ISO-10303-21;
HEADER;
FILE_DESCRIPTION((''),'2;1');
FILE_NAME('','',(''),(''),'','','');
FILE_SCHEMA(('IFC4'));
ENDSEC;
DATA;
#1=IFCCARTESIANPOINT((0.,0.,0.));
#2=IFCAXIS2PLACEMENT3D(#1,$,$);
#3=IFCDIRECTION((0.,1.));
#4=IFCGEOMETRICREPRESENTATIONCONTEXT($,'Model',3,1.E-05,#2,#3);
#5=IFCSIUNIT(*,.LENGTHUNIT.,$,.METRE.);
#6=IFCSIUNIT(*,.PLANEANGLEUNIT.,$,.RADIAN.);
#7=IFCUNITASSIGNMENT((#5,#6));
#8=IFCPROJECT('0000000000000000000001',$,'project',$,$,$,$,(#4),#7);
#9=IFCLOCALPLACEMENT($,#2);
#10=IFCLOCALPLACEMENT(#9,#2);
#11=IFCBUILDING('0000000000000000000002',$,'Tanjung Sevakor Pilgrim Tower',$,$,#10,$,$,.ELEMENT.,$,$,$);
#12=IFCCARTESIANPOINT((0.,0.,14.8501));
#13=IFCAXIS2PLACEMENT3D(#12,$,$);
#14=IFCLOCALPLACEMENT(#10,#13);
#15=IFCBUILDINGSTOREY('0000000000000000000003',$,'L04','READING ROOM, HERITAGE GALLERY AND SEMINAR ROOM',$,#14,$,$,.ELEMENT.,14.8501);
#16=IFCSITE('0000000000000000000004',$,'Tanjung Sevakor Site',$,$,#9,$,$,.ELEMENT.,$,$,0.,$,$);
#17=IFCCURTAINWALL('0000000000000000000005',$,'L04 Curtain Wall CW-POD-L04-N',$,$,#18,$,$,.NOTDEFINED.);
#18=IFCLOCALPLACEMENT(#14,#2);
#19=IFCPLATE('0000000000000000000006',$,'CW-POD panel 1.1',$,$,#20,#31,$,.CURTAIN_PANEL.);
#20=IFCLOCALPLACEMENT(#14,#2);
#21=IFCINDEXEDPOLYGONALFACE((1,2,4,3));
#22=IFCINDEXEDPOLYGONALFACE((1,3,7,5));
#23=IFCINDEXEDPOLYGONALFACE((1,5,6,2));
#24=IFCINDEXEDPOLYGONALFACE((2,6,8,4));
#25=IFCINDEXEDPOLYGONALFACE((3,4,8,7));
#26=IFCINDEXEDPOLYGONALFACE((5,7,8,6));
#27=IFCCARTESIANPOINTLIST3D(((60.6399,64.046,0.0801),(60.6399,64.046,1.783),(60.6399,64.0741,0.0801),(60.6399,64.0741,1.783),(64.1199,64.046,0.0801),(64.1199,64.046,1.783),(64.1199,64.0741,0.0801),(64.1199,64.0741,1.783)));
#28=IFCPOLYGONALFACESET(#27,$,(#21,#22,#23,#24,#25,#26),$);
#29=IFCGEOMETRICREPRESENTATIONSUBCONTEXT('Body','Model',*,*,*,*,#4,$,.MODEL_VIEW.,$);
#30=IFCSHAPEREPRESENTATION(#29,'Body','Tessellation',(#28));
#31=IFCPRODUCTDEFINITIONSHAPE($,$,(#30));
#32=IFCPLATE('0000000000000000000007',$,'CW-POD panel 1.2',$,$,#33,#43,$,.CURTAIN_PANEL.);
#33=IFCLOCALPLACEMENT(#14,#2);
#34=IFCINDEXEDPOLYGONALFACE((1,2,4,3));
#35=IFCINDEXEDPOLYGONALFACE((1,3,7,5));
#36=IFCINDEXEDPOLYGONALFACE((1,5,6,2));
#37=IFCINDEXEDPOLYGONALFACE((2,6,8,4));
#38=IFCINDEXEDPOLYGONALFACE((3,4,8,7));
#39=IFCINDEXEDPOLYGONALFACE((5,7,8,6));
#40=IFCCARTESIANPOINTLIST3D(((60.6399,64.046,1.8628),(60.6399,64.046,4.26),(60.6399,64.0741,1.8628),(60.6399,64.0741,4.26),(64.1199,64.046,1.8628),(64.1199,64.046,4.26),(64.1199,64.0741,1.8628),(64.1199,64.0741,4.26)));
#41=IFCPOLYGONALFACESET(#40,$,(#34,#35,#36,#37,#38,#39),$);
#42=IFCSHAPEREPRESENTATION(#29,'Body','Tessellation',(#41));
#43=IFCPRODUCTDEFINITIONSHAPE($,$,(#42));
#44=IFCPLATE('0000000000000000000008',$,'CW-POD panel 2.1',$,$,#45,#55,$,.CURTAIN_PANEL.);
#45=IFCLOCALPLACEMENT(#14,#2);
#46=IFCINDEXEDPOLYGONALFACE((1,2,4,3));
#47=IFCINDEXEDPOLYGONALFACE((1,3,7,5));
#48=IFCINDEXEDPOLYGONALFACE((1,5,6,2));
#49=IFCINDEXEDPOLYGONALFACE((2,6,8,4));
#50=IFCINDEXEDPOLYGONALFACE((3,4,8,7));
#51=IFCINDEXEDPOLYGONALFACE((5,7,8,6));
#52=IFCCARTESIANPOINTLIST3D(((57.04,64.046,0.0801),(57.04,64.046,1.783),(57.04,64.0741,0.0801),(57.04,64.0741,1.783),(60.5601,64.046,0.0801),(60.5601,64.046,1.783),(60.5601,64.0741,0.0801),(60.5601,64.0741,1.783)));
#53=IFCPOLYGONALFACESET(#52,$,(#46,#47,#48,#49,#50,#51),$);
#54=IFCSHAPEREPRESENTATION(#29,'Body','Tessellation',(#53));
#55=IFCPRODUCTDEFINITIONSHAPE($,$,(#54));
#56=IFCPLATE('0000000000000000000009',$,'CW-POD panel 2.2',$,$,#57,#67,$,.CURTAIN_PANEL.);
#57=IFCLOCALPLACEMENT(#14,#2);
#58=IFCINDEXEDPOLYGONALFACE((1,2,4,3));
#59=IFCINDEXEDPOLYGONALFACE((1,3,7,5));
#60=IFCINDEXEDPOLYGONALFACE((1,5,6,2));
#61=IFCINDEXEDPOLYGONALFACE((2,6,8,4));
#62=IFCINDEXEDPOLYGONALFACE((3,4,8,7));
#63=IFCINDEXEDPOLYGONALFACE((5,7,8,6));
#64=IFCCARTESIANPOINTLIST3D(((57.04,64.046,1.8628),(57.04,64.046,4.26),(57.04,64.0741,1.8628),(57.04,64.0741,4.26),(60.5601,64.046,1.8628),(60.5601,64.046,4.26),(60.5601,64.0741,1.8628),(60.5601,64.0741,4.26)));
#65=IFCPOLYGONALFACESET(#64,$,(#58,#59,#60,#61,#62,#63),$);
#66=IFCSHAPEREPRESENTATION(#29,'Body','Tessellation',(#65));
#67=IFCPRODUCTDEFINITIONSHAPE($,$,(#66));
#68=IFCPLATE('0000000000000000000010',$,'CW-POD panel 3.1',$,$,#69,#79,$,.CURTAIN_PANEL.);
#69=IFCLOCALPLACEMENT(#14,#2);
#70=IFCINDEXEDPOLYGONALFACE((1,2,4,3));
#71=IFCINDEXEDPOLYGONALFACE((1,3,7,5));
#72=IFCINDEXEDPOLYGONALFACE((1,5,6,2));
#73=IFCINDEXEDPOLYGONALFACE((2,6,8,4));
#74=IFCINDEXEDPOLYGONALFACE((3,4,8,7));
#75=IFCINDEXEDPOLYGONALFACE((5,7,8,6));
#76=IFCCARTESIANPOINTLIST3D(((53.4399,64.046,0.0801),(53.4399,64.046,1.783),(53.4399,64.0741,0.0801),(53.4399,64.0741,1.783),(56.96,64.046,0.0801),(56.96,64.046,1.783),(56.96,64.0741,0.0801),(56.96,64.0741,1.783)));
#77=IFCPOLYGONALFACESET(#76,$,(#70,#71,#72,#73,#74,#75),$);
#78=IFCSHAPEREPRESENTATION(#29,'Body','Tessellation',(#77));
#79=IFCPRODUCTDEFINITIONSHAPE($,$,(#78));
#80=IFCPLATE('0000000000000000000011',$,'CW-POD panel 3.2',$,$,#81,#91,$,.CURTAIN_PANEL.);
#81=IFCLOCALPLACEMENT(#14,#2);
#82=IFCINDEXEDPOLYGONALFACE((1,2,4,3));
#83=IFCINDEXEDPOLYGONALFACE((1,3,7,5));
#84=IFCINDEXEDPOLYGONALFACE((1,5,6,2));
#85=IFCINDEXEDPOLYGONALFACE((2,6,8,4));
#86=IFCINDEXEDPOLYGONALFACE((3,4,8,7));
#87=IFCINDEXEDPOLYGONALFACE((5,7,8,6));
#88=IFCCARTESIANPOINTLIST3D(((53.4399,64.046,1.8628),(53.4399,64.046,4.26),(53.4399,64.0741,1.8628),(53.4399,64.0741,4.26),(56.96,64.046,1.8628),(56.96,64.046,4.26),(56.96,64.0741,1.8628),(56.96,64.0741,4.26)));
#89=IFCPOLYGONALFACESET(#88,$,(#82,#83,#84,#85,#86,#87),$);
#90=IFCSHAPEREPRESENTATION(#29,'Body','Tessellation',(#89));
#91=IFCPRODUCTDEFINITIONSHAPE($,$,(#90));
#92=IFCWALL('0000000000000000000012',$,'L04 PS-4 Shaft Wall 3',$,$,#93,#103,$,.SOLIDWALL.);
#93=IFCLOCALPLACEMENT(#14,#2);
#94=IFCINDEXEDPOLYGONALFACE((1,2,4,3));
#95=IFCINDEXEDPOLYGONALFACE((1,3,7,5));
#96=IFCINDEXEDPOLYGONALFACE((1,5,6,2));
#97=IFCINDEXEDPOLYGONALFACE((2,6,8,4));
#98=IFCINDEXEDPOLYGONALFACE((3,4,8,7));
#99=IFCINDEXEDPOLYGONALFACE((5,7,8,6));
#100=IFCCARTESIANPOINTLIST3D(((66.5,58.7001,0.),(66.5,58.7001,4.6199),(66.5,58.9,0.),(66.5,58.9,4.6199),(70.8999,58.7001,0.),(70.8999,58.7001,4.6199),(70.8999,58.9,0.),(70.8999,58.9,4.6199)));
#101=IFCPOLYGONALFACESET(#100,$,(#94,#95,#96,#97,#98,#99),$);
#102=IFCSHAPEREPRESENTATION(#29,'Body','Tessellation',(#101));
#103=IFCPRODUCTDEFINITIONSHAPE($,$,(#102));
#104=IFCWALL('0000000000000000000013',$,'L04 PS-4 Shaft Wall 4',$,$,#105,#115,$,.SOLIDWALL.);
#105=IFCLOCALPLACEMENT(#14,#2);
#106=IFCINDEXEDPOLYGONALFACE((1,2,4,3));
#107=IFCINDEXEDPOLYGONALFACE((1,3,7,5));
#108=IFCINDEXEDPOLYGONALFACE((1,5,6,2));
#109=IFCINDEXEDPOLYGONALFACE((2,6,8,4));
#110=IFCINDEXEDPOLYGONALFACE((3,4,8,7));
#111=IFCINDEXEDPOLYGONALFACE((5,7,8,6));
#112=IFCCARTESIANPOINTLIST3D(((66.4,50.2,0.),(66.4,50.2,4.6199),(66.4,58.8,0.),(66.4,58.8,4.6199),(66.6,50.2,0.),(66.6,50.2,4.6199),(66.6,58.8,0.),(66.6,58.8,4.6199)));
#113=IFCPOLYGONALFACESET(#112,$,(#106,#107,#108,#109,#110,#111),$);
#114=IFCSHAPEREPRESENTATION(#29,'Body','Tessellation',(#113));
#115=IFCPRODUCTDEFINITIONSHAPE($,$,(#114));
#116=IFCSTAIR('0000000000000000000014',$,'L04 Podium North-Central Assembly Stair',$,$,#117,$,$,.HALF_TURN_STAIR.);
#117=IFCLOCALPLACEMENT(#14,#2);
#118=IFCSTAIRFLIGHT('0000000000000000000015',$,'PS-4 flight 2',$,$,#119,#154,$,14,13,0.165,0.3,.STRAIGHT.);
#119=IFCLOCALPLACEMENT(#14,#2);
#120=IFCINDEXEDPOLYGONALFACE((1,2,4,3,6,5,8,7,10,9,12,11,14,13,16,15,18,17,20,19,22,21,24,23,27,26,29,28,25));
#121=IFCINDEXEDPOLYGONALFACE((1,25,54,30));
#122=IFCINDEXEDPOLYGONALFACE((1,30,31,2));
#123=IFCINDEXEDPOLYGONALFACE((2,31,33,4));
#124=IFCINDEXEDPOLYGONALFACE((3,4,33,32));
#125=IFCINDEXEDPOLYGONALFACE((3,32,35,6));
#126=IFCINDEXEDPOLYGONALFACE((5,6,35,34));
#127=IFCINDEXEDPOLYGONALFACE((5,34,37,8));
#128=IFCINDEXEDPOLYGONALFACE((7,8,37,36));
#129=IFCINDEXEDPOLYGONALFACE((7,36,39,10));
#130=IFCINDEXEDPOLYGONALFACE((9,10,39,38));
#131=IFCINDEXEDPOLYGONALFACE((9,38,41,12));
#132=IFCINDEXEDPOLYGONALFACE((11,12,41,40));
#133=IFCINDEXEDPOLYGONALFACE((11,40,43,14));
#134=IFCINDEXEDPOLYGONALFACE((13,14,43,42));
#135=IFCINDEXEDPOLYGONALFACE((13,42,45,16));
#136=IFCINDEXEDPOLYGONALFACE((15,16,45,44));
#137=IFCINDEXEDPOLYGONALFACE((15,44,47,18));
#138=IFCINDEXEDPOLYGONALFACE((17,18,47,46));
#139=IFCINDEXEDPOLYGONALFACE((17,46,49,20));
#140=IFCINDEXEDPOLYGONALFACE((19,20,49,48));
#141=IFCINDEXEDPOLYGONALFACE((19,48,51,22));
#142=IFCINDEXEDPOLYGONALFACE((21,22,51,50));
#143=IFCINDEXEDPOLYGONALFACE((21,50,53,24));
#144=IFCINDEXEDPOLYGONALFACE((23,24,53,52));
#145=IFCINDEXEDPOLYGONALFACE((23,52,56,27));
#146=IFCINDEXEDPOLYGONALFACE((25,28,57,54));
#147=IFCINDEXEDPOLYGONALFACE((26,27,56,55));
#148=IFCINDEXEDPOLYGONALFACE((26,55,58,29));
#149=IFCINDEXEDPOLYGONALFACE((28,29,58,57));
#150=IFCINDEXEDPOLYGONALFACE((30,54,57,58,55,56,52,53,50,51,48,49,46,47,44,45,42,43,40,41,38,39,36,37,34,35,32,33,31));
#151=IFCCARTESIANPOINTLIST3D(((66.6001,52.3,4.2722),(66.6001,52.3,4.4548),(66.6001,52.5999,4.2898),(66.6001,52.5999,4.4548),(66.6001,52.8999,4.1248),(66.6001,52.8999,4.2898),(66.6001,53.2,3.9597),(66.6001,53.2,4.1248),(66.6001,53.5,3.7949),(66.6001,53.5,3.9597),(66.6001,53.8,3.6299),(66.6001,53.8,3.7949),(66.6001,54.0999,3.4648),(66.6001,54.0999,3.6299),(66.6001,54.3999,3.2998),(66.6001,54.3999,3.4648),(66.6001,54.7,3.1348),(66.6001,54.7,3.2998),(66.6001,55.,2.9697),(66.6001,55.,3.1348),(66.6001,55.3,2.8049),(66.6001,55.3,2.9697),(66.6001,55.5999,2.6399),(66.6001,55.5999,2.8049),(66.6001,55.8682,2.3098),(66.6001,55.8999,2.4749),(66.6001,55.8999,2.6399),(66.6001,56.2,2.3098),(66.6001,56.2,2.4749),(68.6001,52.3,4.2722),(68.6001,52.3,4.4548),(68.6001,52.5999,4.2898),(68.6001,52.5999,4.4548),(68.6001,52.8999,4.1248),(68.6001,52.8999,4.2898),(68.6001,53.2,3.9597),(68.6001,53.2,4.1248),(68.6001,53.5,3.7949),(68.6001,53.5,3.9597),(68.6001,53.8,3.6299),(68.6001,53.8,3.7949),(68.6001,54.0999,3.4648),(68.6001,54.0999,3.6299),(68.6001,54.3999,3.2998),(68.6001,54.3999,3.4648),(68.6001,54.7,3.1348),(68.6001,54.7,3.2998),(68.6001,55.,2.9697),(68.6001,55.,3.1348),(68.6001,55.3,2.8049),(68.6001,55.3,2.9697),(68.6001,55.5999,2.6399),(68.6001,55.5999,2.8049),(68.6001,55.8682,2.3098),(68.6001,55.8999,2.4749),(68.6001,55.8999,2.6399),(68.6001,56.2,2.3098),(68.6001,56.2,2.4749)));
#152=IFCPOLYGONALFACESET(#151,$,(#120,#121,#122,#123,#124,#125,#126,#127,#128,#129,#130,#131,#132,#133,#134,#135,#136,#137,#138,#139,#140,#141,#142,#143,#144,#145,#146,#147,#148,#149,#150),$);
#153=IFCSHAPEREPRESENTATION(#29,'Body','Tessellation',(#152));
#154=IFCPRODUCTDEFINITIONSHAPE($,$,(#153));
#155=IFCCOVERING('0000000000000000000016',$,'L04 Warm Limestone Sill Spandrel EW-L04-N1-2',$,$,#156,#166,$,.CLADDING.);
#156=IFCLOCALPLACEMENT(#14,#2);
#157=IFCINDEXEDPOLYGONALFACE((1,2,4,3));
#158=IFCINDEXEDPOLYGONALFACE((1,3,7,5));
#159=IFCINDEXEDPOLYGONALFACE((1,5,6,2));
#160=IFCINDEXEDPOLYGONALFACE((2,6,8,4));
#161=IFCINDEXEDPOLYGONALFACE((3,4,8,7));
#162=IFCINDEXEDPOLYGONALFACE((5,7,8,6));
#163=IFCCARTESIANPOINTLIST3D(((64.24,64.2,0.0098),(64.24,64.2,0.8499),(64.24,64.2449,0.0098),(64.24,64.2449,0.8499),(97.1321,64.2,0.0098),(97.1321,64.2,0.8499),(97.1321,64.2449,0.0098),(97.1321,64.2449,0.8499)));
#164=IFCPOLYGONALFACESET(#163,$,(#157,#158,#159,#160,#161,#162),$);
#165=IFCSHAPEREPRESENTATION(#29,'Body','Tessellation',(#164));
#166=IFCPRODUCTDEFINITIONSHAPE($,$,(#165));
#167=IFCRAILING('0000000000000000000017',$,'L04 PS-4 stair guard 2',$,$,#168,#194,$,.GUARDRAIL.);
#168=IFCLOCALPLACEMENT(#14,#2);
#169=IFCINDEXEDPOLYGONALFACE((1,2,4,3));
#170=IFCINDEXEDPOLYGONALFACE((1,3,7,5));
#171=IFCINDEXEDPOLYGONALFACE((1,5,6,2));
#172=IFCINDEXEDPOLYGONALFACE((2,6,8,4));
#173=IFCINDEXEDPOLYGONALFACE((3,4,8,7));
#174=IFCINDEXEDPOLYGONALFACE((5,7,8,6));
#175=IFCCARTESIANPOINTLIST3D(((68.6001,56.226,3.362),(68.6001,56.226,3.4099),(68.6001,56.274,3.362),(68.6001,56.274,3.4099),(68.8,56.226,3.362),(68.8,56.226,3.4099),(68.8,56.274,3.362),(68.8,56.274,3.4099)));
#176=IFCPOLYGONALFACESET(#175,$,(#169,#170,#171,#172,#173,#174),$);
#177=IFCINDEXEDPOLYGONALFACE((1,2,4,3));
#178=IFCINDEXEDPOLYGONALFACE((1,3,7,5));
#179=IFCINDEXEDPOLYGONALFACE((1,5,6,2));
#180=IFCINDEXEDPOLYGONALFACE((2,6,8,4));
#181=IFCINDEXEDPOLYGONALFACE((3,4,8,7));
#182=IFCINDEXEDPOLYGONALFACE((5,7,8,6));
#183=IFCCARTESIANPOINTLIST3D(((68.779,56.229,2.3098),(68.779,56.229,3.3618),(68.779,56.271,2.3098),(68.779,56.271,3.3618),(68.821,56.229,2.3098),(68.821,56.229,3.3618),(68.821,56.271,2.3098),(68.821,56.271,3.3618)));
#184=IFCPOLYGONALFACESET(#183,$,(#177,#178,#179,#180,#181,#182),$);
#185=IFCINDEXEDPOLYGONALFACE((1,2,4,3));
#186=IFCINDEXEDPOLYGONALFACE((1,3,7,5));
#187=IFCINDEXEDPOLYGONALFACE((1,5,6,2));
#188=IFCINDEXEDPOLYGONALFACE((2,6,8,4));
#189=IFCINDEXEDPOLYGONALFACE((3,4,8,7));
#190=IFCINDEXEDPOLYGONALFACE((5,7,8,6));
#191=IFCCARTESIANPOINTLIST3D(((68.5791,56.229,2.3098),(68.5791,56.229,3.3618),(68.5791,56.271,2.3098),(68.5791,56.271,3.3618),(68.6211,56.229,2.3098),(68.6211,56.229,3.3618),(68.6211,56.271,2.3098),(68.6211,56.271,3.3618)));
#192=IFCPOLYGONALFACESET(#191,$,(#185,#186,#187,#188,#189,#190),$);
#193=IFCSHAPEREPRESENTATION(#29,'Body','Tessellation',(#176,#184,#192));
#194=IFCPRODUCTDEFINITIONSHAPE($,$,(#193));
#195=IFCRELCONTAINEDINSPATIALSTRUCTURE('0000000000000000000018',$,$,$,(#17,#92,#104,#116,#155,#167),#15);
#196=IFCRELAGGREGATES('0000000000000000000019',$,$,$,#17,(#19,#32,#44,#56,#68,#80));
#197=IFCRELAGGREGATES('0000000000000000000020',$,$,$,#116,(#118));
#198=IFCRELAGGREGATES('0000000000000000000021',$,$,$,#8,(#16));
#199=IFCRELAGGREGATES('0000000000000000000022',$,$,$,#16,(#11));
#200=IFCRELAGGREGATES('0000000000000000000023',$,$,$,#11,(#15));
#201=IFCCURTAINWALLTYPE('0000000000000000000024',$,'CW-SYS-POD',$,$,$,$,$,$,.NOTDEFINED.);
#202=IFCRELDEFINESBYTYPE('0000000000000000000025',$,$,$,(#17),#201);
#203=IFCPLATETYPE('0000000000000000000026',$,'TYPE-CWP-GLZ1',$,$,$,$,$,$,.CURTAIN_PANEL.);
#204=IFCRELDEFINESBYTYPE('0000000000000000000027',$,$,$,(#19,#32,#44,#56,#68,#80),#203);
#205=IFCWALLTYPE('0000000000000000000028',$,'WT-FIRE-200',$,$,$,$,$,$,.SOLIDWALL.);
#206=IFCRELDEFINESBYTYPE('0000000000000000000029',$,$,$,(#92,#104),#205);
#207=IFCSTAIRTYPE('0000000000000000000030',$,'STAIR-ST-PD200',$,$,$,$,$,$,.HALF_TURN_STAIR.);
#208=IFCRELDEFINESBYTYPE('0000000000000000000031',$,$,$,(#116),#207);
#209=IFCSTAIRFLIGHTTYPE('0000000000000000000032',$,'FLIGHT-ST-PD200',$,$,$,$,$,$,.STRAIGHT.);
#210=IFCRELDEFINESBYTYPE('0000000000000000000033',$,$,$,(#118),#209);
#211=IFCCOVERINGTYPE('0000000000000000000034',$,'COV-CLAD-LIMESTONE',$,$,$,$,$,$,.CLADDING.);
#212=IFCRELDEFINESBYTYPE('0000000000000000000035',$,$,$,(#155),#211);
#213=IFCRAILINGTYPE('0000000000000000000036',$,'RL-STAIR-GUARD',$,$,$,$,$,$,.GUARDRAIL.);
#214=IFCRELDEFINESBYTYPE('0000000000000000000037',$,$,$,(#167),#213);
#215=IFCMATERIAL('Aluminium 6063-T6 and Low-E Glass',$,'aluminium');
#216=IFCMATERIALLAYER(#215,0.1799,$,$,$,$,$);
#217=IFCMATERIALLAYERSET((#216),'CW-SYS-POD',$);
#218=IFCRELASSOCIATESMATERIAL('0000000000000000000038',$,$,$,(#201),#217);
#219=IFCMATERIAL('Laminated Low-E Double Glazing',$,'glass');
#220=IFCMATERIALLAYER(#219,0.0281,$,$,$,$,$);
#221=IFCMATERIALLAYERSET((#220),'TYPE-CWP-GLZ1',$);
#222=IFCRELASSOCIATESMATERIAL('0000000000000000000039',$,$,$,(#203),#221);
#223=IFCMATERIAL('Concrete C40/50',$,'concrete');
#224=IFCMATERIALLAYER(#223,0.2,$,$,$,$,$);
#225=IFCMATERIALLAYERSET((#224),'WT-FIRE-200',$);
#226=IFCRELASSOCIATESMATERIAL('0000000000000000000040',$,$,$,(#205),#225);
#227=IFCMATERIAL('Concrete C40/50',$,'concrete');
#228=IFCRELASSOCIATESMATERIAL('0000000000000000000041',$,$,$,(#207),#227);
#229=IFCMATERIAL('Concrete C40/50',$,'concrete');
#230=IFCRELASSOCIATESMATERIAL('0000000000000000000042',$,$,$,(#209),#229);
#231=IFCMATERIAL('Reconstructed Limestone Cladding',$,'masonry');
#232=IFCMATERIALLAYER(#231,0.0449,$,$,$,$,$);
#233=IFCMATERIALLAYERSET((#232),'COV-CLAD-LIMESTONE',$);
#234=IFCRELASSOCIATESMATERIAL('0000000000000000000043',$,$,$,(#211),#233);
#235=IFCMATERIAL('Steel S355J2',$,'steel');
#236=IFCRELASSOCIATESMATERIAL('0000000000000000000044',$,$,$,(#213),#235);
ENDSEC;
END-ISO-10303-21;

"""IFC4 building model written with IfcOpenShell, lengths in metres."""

from ifc_helpers import new_model, si_unit, direction, frame, frame_2d, origin, origin_2d, place, context, subcontext, project, spatial, polyline, rectangle, outline, extrude, material, layer, layer_set, type_object, element, aggregate, save


model = new_model("IFC4")

# Units and contexts
model_context = context("Model", 3, precision=1e-05, world=origin(), true_north=direction((0.0, 1.0)))
body_context = subcontext(model_context, "Body", "Model", "MODEL_VIEW")
ifc_project = project(units=[si_unit("LENGTHUNIT", "METRE"), si_unit("PLANEANGLEUNIT", "RADIAN")], contexts=[model_context])

# Site, building, storey
site_placement = place(None, origin())
site = spatial("IfcSite", under=ifc_project, at=site_placement, Name="Tanjung Sevakor Site", CompositionType="ELEMENT", RefElevation=0.0)
building_placement = place(site_placement, origin())
building = spatial("IfcBuilding", under=site, at=building_placement, Name="Tanjung Sevakor Pilgrim Tower", CompositionType="ELEMENT")
storey_placement = place(building_placement, frame((0.0, 0.0, 14.8501)))
storey = spatial("IfcBuildingStorey", under=building, at=storey_placement, Name="L04", Description="READING ROOM, HERITAGE GALLERY AND SEMINAR ROOM", CompositionType="ELEMENT", Elevation=14.8501)

# Curtain wall, plates
ifc_material_1 = material(Name="Aluminium 6063-T6 and Low-E Glass", Category="aluminium")
ifc_layer_1 = layer(ifc_material_1, 0.1799)
ifc_layer_set_1 = layer_set([ifc_layer_1], Name="CW-SYS-POD")
curtain_wall_type = type_object("IfcCurtainWallType", Name="CW-SYS-POD", PredefinedType="NOTDEFINED", material=ifc_layer_set_1)
curtain_wall_placement = place(storey_placement, origin())
curtain_wall = element("IfcCurtainWall", 1, at=curtain_wall_placement, inside=storey, type_object=curtain_wall_type, Name="L04 Curtain Wall CW-POD-L04-N", PredefinedType="NOTDEFINED")
ifc_material_2 = material(Name="Laminated Low-E Double Glazing", Category="glass")
ifc_layer_2 = layer(ifc_material_2, 0.0281)
ifc_layer_set_2 = layer_set([ifc_layer_2], Name="TYPE-CWP-GLZ1")
plate_type = type_object("IfcPlateType", Name="TYPE-CWP-GLZ1", PredefinedType="CURTAIN_PANEL", material=ifc_layer_set_2)
plate_1_placement = place(storey_placement, frame((62.3799, 64.0601, 0.0801), z_axis=(0.0, 0.0, 1.0), x_axis=(-1.0, 0.0, 0.0)))
plate_1 = element("IfcPlate", 2, at=plate_1_placement, type_object=plate_type, Name="CW-POD panel 1.1", PredefinedType="CURTAIN_PANEL", context=body_context, shape_type="SweptSolid", body=[
    extrude(rectangle(XDim=3.48, YDim=0.0281, at=origin_2d()), origin(), (0.0, 0.0, 1.0), 1.7029),
])
plate_2_placement = place(storey_placement, frame((62.3799, 64.0601, 1.8628), z_axis=(0.0, 0.0, 1.0), x_axis=(-1.0, 0.0, 0.0)))
plate_2 = element("IfcPlate", 3, at=plate_2_placement, type_object=plate_type, Name="CW-POD panel 1.2", PredefinedType="CURTAIN_PANEL", context=body_context, shape_type="SweptSolid", body=[
    extrude(rectangle(XDim=3.48, YDim=0.0281, at=origin_2d()), origin(), (0.0, 0.0, 1.0), 2.3972),
])
plate_3_placement = place(storey_placement, frame((58.8, 64.0601, 0.0801), z_axis=(0.0, 0.0, 1.0), x_axis=(-1.0, 0.0, 0.0)))
plate_3 = element("IfcPlate", 4, at=plate_3_placement, type_object=plate_type, Name="CW-POD panel 2.1", PredefinedType="CURTAIN_PANEL", context=body_context, shape_type="SweptSolid", body=[
    extrude(rectangle(XDim=3.52, YDim=0.0281, at=origin_2d()), origin(), (0.0, 0.0, 1.0), 1.7029),
])
plate_4_placement = place(storey_placement, frame((58.8, 64.0601, 1.8628), z_axis=(0.0, 0.0, 1.0), x_axis=(-1.0, 0.0, 0.0)))
plate_4 = element("IfcPlate", 5, at=plate_4_placement, type_object=plate_type, Name="CW-POD panel 2.2", PredefinedType="CURTAIN_PANEL", context=body_context, shape_type="SweptSolid", body=[
    extrude(rectangle(XDim=3.52, YDim=0.0281, at=origin_2d()), origin(), (0.0, 0.0, 1.0), 2.3972),
])
plate_5_placement = place(storey_placement, frame((55.2, 64.0601, 0.0801), z_axis=(0.0, 0.0, 1.0), x_axis=(-1.0, 0.0, 0.0)))
plate_5 = element("IfcPlate", 6, at=plate_5_placement, type_object=plate_type, Name="CW-POD panel 3.1", PredefinedType="CURTAIN_PANEL", context=body_context, shape_type="SweptSolid", body=[
    extrude(rectangle(XDim=3.52, YDim=0.0281, at=origin_2d()), origin(), (0.0, 0.0, 1.0), 1.7029),
])
plate_6_placement = place(storey_placement, frame((55.2, 64.0601, 1.8628), z_axis=(0.0, 0.0, 1.0), x_axis=(-1.0, 0.0, 0.0)))
plate_6 = element("IfcPlate", 7, at=plate_6_placement, type_object=plate_type, Name="CW-POD panel 3.2", PredefinedType="CURTAIN_PANEL", context=body_context, shape_type="SweptSolid", body=[
    extrude(rectangle(XDim=3.52, YDim=0.0281, at=origin_2d()), origin(), (0.0, 0.0, 1.0), 2.3972),
])
aggregate(curtain_wall, [plate_1, plate_2, plate_3, plate_4, plate_5, plate_6])

# Walls
ifc_material_3 = material(Name="Concrete C40/50", Category="concrete")
ifc_layer_3 = layer(ifc_material_3, 0.2)
ifc_layer_set_3 = layer_set([ifc_layer_3], Name="WT-FIRE-200")
wall_type = type_object("IfcWallType", Name="WT-FIRE-200", PredefinedType="SOLIDWALL", material=ifc_layer_set_3)
wall_1_placement = place(storey_placement, frame((70.8999, 58.8, 0.0), z_axis=(0.0, 0.0, 1.0), x_axis=(-1.0, 0.0, 0.0)))
element("IfcWall", 8, at=wall_1_placement, inside=storey, type_object=wall_type, Name="L04 PS-4 Shaft Wall 3", PredefinedType="SOLIDWALL", context=body_context, shape_type="SweptSolid", body=[
    extrude(rectangle(XDim=4.3999, YDim=0.2, at=frame_2d((2.2, 0.0))), origin(), (0.0, 0.0, 1.0), 4.6199),
])
wall_2_placement = place(storey_placement, frame((66.5, 58.8, 0.0), z_axis=(0.0, 0.0, 1.0), x_axis=(0.0, -1.0, 0.0)))
element("IfcWall", 9, at=wall_2_placement, inside=storey, type_object=wall_type, Name="L04 PS-4 Shaft Wall 4", PredefinedType="SOLIDWALL", context=body_context, shape_type="SweptSolid", body=[
    extrude(rectangle(XDim=8.6001, YDim=0.2, at=frame_2d((4.3, 0.0))), origin(), (0.0, 0.0, 1.0), 4.6199),
])

# Stair, stair flight
ifc_material_4 = material(Name="Concrete C40/50", Category="concrete")
stair_type = type_object("IfcStairType", Name="STAIR-ST-PD200", PredefinedType="HALF_TURN_STAIR", material=ifc_material_4)
stair_placement = place(storey_placement, origin())
stair = element("IfcStair", 10, at=stair_placement, inside=storey, type_object=stair_type, Name="L04 Podium North-Central Assembly Stair", PredefinedType="HALF_TURN_STAIR")
ifc_material_5 = material(Name="Concrete C40/50", Category="concrete")
stair_flight_type = type_object("IfcStairFlightType", Name="FLIGHT-ST-PD200", PredefinedType="STRAIGHT", material=ifc_material_5)
stair_flight_placement = place(storey_placement, frame((67.6001, 56.2, 2.3098), z_axis=(0.0, 0.0, 1.0), x_axis=(0.0, -1.0, 0.0)))
stair_flight = element("IfcStairFlight", 11, at=stair_flight_placement, type_object=stair_flight_type, Name="PS-4 flight 2", NumberOfRisers=14, NumberOfTreads=13, PredefinedType="STRAIGHT", RiserHeight=0.165, TreadLength=0.3, context=body_context, shape_type="SweptSolid", body=[
    extrude(outline(polyline([(0.0, 0.0), (0.0, 0.165), (0.3, 0.165), (0.3, 0.3301), (0.6001, 0.3301), (0.6001, 0.4951), (0.8999, 0.4951), (0.8999, 0.6599), (1.2, 0.6599), (1.2, 0.825), (1.5, 0.825), (1.5, 0.99), (1.8, 0.99), (1.8, 1.155), (2.1001, 1.155), (2.1001, 1.3201), (2.3999, 1.3201), (2.3999, 1.4851), (2.7, 1.4851), (2.7, 1.6499), (3.0, 1.6499), (3.0, 1.8149), (3.3, 1.8149), (3.3, 1.98), (3.6001, 1.98), (3.6001, 2.145), (3.8999, 2.145), (3.8999, 2.3101), (3.8999, 1.9624), (0.3318, 0.0), (0.0, 0.0)])), frame((0.0, 1.0, 0.0), z_axis=(0.0, -1.0, 0.0), x_axis=(1.0, 0.0, 0.0)), (0.0, 0.0, 1.0), 2.0),
])
aggregate(stair, [stair_flight])

# Covering
ifc_material_6 = material(Name="Reconstructed Limestone Cladding", Category="masonry")
ifc_layer_4 = layer(ifc_material_6, 0.0449)
ifc_layer_set_4 = layer_set([ifc_layer_4], Name="COV-CLAD-LIMESTONE")
covering_type = type_object("IfcCoveringType", Name="COV-CLAD-LIMESTONE", PredefinedType="CLADDING", material=ifc_layer_set_4)
covering_placement = place(storey_placement, frame((80.686, 64.2224, 0.0098), z_axis=(0.0, 0.0, 1.0), x_axis=(-1.0, 0.0, 0.0)))
element("IfcCovering", 12, at=covering_placement, inside=storey, type_object=covering_type, Name="L04 Warm Limestone Sill Spandrel EW-L04-N1-2", PredefinedType="CLADDING", context=body_context, shape_type="SweptSolid", body=[
    extrude(rectangle(XDim=32.8921, YDim=0.0449, at=origin_2d()), origin(), (0.0, 0.0, 1.0), 0.8401),
])

# Railing
ifc_material_7 = material(Name="Steel S355J2", Category="steel")
railing_type_1 = type_object("IfcRailingType", Name="RL-STAIR-GUARD", PredefinedType="GUARDRAIL", material=ifc_material_7)
railing_1_placement = place(storey_placement, frame((68.8, 56.25, 2.3098)))
element("IfcRailing", 13, at=railing_1_placement, inside=storey, type_object=railing_type_1, Name="L04 PS-4 stair guard 2", PredefinedType="GUARDRAIL", context=body_context, shape_type="SweptSolid", body=[
    extrude(rectangle(XDim=0.0479, YDim=0.0479), frame((0.0, 0.0, 1.0762), z_axis=(-1.0, 0.0, 0.0), x_axis=(0.0, -1.0, 0.0)), (0.0, 0.0, 1.0), 0.2),
    extrude(rectangle(XDim=0.042, YDim=0.042), origin(), (0.0, 0.0, 1.0), 1.052),
    extrude(rectangle(XDim=0.042, YDim=0.042), frame((-0.2, 0.0, 0.0)), (0.0, 0.0, 1.0), 1.052),
])

save(model, "model.ifc")
